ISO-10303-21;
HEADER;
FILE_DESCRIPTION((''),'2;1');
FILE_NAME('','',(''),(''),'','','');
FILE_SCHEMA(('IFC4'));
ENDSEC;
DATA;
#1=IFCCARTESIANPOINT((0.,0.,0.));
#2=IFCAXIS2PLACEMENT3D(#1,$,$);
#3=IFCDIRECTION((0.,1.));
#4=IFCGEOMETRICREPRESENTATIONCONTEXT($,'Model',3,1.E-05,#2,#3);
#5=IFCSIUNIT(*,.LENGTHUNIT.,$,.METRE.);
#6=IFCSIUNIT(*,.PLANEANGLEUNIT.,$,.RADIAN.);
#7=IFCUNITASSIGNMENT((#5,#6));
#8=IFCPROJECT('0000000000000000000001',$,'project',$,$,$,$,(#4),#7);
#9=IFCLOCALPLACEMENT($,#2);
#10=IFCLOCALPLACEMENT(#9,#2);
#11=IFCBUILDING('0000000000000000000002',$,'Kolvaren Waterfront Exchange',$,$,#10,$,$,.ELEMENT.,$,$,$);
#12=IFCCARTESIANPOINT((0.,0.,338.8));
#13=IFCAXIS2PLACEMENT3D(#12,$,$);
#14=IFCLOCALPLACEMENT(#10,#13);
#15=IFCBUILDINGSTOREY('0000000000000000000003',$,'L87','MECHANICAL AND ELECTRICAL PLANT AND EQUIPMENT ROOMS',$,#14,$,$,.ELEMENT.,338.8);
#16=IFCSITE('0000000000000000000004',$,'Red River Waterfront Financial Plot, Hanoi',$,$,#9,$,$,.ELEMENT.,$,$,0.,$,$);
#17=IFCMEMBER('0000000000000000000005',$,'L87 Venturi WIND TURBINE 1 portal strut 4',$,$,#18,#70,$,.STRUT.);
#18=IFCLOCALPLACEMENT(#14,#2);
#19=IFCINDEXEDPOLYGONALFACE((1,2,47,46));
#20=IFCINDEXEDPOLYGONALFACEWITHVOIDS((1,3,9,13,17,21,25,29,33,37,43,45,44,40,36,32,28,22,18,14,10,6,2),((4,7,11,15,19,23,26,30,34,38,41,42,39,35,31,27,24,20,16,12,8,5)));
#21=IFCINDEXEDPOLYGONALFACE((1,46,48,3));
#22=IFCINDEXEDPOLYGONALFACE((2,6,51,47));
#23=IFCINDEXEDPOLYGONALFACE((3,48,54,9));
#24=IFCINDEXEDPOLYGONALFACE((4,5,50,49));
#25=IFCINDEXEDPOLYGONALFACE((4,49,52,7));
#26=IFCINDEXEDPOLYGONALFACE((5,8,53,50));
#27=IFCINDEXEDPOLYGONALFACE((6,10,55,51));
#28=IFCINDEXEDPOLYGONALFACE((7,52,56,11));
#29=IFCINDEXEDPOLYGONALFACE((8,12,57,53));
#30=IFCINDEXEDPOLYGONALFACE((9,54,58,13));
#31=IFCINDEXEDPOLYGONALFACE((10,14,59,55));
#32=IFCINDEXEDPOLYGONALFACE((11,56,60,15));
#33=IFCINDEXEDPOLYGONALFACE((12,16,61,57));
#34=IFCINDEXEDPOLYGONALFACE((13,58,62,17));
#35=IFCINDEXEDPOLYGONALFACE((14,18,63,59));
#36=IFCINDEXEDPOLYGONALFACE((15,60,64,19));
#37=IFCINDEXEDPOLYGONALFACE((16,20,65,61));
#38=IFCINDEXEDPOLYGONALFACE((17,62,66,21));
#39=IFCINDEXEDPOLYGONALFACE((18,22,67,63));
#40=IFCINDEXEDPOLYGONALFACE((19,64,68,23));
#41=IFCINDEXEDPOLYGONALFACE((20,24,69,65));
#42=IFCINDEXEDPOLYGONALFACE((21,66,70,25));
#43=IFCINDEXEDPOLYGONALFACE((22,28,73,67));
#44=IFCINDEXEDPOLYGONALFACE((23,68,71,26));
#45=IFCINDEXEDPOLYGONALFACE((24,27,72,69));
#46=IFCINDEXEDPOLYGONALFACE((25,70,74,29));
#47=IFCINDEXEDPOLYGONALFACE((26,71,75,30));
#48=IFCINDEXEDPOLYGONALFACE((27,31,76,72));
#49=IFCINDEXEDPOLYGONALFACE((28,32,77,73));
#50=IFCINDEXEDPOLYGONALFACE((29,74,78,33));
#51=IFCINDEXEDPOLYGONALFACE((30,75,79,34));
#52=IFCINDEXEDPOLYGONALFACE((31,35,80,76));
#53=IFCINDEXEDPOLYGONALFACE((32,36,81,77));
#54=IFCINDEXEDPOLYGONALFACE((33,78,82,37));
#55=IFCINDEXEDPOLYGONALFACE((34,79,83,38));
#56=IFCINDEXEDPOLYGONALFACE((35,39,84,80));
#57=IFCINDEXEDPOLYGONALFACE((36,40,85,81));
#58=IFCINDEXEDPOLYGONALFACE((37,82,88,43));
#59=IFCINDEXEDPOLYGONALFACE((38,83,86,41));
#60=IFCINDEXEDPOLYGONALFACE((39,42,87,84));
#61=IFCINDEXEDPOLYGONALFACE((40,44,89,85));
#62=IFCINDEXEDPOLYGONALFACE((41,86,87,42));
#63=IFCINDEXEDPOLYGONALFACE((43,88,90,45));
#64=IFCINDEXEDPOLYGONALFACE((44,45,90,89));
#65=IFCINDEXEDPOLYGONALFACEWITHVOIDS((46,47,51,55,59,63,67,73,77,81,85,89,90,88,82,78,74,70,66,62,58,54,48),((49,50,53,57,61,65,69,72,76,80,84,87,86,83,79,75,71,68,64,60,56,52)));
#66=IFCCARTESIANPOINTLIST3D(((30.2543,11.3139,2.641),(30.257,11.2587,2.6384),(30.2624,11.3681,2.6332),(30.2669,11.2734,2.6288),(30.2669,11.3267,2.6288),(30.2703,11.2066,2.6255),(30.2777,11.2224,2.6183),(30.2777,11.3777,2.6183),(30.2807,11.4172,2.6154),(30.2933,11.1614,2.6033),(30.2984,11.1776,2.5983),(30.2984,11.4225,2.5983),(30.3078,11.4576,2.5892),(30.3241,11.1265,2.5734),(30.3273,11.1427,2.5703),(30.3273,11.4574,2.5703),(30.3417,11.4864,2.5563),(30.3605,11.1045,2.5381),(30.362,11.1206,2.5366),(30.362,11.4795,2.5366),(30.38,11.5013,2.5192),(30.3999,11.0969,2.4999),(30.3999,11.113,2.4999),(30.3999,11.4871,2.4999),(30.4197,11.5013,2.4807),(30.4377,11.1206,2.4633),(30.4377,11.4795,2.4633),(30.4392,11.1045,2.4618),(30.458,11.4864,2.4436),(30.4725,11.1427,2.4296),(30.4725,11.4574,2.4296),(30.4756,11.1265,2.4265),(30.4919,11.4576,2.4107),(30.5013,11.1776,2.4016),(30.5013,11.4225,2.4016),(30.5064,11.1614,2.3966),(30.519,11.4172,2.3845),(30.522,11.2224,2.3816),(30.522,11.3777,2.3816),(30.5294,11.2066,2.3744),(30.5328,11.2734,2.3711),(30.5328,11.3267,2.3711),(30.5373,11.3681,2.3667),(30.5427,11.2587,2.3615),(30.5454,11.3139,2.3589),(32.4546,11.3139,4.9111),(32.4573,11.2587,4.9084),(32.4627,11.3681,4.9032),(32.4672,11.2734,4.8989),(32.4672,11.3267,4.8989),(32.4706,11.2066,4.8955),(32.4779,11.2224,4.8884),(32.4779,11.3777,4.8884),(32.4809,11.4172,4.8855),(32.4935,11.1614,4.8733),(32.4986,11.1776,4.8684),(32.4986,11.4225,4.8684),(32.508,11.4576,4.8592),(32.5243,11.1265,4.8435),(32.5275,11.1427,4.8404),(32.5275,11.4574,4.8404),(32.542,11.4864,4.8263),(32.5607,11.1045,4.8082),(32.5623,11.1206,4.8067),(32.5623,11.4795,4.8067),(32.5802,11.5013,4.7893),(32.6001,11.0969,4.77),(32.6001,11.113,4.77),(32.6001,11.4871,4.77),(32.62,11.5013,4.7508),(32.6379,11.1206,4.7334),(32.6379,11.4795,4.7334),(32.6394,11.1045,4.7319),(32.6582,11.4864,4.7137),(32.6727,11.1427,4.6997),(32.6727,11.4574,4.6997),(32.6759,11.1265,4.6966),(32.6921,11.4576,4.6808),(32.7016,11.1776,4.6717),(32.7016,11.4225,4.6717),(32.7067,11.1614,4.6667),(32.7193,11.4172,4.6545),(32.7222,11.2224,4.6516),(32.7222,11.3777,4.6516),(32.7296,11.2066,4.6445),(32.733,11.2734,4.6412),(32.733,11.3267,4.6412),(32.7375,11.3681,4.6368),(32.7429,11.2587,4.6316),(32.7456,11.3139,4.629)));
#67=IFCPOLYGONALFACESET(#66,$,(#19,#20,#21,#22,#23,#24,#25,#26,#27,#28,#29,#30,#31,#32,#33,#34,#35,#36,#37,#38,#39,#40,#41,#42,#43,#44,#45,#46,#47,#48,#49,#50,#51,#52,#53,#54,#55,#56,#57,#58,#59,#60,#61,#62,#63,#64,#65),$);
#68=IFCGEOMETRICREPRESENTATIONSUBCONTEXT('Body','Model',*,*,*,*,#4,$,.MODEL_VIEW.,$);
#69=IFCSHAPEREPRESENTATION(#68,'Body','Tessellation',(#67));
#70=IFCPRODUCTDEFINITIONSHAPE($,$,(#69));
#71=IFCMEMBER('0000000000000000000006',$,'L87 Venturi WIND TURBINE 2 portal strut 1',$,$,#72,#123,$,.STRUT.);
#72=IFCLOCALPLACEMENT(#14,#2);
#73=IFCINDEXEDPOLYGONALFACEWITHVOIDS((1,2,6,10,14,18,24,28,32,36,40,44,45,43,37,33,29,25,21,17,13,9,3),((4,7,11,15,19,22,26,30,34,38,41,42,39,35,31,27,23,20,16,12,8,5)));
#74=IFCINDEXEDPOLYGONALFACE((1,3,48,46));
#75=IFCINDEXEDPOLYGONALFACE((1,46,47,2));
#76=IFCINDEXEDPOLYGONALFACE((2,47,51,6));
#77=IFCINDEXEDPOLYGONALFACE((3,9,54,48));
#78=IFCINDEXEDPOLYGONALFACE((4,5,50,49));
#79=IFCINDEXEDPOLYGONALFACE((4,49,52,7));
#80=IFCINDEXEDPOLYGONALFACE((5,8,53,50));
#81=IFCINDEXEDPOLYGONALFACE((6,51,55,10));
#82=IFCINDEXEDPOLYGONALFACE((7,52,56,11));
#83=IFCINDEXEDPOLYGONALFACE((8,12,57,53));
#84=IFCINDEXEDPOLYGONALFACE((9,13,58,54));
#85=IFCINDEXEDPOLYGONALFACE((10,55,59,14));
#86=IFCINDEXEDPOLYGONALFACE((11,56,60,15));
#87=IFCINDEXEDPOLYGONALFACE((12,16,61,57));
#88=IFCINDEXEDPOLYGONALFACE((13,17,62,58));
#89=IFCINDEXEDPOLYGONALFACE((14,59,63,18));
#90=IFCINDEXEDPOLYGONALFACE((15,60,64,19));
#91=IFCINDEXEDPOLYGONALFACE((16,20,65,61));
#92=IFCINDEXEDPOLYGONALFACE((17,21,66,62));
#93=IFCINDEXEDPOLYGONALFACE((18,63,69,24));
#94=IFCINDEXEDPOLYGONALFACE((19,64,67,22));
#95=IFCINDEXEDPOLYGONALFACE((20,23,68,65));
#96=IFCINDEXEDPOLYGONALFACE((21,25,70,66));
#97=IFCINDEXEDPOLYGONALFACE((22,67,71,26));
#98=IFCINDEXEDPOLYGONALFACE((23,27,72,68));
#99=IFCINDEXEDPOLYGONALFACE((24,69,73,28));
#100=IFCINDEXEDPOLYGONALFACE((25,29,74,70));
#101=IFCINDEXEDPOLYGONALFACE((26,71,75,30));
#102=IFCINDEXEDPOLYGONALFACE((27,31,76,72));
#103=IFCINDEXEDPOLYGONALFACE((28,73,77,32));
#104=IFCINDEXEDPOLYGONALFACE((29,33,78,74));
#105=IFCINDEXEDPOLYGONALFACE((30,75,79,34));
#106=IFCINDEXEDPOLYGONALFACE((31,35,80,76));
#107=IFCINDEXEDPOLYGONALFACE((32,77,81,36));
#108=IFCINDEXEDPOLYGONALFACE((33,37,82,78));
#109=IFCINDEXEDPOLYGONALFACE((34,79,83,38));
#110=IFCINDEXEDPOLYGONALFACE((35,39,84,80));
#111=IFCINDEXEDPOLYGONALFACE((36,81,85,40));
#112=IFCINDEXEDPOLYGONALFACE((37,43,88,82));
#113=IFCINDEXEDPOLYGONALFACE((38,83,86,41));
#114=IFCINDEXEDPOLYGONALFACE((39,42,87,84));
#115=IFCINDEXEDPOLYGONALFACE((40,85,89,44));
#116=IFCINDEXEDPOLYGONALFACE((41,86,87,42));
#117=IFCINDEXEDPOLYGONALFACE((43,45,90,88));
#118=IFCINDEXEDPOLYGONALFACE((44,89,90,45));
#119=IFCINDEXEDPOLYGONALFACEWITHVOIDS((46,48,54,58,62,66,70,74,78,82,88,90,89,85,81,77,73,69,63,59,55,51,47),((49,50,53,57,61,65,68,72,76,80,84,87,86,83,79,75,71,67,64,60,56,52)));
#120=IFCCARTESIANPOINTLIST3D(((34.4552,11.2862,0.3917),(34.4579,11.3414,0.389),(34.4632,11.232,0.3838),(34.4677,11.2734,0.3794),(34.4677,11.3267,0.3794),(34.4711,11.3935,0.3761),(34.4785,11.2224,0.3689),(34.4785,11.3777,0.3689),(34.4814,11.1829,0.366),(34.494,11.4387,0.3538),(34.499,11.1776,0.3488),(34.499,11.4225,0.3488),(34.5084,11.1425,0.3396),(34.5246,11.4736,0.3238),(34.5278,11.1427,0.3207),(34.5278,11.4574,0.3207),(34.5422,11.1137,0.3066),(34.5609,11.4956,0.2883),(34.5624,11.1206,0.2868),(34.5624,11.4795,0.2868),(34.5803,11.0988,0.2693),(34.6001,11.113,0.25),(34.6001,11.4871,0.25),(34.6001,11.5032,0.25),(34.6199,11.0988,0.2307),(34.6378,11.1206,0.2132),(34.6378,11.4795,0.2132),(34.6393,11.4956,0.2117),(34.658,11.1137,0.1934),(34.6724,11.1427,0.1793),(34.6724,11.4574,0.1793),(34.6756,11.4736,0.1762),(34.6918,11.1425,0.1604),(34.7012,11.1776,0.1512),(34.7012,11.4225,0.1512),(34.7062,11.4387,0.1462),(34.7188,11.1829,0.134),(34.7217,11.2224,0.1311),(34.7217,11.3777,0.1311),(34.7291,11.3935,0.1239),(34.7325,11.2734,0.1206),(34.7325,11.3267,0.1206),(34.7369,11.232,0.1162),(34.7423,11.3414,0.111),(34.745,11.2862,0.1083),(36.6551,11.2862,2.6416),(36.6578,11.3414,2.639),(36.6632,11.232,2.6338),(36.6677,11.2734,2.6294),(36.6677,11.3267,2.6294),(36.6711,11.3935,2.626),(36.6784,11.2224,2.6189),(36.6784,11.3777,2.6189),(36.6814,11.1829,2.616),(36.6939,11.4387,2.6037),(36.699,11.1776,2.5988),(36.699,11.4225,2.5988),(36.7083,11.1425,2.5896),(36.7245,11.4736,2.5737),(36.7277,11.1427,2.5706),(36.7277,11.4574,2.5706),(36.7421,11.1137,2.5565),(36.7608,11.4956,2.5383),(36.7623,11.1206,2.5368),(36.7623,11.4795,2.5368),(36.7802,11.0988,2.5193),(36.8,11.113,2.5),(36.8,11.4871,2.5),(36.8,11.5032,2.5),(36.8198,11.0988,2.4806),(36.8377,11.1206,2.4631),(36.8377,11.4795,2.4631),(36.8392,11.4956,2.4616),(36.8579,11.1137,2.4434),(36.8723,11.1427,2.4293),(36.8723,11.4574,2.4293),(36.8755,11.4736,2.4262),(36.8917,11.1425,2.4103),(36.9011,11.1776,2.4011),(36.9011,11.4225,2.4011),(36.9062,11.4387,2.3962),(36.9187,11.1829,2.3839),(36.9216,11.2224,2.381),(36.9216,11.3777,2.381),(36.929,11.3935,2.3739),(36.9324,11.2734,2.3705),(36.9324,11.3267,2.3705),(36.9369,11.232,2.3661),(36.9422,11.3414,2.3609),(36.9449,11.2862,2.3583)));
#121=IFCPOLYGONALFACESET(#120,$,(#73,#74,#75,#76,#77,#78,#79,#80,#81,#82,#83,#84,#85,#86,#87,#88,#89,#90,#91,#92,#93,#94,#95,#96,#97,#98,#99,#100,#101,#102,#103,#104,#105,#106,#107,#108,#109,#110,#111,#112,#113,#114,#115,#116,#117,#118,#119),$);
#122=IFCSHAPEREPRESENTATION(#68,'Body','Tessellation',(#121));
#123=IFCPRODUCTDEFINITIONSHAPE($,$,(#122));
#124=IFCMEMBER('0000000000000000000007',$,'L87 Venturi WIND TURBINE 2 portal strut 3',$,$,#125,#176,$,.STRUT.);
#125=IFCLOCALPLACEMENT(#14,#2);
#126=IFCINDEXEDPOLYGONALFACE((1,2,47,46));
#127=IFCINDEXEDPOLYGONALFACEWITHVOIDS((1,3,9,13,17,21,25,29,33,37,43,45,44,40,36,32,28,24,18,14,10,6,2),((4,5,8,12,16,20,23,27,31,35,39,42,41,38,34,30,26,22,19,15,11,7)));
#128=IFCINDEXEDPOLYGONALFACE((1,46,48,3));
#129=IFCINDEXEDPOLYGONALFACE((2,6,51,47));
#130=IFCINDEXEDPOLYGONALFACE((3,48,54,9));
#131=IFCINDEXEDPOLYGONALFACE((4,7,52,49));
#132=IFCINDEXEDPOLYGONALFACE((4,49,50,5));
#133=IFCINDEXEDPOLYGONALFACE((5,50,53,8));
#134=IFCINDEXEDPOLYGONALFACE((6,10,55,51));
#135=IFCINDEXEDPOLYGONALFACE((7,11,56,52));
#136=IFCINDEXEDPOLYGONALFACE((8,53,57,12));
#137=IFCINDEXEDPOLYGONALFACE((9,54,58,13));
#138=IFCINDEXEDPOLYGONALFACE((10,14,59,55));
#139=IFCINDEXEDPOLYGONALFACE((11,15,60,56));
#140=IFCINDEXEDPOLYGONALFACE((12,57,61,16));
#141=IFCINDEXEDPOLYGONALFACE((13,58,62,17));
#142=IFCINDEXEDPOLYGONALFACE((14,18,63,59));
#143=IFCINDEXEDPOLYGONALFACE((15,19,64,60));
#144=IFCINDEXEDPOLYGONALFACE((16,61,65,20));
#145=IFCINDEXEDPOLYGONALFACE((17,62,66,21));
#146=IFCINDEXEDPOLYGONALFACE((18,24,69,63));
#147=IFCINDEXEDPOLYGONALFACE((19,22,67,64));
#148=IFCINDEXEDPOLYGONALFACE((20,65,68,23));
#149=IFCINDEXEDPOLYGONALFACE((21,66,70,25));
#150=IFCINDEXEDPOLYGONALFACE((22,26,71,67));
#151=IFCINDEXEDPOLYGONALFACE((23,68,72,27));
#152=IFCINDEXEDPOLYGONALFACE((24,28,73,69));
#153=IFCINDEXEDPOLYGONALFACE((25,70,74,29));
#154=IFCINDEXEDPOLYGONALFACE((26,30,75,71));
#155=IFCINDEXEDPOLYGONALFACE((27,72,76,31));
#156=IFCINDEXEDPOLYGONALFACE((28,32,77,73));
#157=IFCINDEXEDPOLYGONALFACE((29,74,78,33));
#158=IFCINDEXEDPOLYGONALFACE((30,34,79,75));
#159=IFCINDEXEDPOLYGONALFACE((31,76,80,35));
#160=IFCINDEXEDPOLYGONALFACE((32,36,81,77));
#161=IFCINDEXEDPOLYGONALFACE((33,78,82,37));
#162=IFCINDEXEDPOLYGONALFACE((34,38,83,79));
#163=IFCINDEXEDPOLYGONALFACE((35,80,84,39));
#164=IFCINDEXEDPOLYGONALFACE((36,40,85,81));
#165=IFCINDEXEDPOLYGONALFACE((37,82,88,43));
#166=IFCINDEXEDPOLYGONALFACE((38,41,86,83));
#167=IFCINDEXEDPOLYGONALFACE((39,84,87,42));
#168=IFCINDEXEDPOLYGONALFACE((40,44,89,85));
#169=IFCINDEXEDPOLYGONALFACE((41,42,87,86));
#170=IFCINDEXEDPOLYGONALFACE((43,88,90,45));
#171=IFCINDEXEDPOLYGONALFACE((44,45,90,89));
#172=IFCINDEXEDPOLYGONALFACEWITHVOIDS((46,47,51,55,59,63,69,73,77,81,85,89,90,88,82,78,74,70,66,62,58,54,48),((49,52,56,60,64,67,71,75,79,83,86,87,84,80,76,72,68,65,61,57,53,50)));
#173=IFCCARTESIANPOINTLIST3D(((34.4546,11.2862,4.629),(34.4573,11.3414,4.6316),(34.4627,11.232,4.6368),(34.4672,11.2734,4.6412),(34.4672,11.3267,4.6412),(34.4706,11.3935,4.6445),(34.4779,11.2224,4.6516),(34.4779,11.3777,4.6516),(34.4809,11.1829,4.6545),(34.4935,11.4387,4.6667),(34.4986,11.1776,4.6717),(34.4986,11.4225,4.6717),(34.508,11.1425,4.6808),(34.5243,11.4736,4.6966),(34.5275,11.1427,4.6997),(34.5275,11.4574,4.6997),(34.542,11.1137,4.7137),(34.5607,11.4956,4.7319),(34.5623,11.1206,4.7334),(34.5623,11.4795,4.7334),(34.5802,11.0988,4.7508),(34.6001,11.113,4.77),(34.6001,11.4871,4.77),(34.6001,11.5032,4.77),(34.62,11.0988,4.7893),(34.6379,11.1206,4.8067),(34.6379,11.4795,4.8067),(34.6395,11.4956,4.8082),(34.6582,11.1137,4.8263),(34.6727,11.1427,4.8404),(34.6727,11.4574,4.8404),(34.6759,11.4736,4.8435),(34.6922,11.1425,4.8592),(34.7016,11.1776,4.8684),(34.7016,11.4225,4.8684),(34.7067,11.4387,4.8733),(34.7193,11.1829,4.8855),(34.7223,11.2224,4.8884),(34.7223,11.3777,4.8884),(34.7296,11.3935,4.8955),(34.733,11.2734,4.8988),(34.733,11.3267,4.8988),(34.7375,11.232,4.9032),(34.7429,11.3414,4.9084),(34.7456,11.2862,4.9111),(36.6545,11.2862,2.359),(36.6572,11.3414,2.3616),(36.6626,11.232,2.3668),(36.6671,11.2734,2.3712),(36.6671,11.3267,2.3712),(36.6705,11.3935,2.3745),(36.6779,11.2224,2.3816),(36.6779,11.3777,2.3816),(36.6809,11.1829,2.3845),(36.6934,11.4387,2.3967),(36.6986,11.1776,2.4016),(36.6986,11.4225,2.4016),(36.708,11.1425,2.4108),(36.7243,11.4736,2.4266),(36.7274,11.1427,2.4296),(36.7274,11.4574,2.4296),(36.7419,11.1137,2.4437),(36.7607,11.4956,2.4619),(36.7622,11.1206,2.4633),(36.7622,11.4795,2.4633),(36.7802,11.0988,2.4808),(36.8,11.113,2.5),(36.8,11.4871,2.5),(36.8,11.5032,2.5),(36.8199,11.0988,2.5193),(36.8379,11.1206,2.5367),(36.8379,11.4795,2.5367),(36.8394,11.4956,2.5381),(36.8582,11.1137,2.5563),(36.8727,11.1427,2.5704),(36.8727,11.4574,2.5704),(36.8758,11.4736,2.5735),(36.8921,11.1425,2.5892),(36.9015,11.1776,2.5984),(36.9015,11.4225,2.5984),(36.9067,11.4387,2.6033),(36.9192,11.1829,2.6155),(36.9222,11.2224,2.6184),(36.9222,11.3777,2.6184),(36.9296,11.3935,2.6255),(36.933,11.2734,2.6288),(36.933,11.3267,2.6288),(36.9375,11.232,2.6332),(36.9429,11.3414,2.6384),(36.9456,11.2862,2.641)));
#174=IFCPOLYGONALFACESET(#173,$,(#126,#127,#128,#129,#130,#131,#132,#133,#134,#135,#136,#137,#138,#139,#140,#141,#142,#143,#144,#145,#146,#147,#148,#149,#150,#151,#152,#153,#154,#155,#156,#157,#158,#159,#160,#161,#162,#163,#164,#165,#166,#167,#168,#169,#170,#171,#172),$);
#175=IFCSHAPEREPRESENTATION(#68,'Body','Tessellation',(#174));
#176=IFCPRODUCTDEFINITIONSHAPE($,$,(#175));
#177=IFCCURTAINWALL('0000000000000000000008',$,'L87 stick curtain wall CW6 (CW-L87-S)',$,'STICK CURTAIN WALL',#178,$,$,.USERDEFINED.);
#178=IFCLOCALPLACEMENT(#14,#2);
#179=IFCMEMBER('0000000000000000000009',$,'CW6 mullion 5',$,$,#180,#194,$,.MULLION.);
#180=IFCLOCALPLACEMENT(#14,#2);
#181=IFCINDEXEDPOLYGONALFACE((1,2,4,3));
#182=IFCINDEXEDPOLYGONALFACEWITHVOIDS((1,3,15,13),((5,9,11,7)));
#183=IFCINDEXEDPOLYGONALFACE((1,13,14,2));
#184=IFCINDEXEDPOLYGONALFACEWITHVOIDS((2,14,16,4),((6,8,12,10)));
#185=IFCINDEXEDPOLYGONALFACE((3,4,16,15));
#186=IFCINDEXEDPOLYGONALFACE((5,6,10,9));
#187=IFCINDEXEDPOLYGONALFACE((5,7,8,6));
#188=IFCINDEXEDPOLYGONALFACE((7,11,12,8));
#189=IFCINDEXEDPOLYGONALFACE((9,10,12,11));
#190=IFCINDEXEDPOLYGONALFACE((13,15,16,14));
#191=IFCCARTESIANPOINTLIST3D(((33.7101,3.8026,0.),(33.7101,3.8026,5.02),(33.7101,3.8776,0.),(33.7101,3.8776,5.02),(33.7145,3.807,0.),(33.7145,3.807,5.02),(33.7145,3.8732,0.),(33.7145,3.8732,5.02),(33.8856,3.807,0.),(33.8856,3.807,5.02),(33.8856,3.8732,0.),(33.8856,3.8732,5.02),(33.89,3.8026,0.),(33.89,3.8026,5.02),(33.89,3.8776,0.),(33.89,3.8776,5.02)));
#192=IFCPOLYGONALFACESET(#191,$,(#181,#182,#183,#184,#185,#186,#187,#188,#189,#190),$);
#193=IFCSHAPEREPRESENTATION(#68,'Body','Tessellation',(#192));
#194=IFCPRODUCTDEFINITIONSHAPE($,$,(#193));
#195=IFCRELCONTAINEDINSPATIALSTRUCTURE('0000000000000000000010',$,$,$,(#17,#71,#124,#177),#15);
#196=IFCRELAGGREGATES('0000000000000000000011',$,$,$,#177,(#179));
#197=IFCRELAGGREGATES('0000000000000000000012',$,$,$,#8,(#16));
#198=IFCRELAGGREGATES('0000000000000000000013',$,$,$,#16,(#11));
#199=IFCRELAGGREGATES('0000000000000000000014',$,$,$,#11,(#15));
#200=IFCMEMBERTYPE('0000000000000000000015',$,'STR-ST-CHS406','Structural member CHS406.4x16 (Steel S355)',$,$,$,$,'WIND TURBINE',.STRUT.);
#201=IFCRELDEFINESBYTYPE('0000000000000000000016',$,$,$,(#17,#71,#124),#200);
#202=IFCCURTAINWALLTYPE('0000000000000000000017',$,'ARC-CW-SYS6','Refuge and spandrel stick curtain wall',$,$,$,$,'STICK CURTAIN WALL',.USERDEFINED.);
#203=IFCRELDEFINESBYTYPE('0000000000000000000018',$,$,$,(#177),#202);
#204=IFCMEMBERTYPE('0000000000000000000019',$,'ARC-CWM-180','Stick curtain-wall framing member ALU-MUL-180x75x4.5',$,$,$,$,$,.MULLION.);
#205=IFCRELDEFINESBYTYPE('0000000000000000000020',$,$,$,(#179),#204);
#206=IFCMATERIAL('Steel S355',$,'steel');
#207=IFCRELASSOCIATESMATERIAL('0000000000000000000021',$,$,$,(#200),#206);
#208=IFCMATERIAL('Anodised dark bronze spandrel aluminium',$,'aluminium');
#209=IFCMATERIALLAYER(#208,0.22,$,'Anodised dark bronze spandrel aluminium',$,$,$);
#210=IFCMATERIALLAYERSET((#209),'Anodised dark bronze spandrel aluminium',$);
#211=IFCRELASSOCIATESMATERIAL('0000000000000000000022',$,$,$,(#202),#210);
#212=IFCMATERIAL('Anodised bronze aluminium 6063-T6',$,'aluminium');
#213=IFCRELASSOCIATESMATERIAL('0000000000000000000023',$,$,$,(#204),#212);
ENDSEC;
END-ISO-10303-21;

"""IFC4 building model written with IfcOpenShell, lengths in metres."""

from ifc_helpers import new_model, si_unit, direction, frame, origin, origin_with_axes, origin_2d, place, context, subcontext, project, spatial, hollow_rectangle, hollow_circle, extrude, source, transform, mapped, material, layer, layer_set, material_profile, profile_set, type_object, element, aggregate, save


model = new_model("IFC4")

# Units and contexts
model_context = context("Model", 3, precision=1e-05, world=origin(), true_north=direction((0.0, 1.0)))
body_context = subcontext(model_context, "Body", "Model", "MODEL_VIEW")
ifc_project = project(units=[si_unit("LENGTHUNIT", "METRE"), si_unit("PLANEANGLEUNIT", "RADIAN")], contexts=[model_context])

# Site, building, storey
site_placement = place(None, origin())
site = spatial("IfcSite", under=ifc_project, at=site_placement, Name="Red River Waterfront Financial Plot, Hanoi", CompositionType="ELEMENT", RefElevation=0.0)
building_placement = place(site_placement, origin())
building = spatial("IfcBuilding", under=site, at=building_placement, Name="Kolvaren Waterfront Exchange", CompositionType="ELEMENT")
storey_placement = place(building_placement, frame((0.0, 0.0, 338.8)))
storey = spatial("IfcBuildingStorey", under=building, at=storey_placement, Name="L87", Description="MECHANICAL AND ELECTRICAL PLANT AND EQUIPMENT ROOMS", CompositionType="ELEMENT", Elevation=338.8)

# Shared definitions
ifc_material_1 = material(Name="Steel S355", Category="steel")

# Members
ifc_material_profile_1 = material_profile(ifc_material_1, hollow_circle(Radius=0.2031, WallThickness=0.0161, at=origin_2d()), Name="CHS406.4x16")
ifc_profile_set_1 = profile_set([ifc_material_profile_1], Name="Steel S355")
member_type_1 = type_object("IfcMemberType", Name="STR-ST-CHS406", Description="Structural member CHS406.4x16 (Steel S355)", ElementType="WIND TURBINE", PredefinedType="STRUT", material=ifc_profile_set_1)
member_1_placement = place(storey_placement, frame((32.6001, 11.3, 4.77), z_axis=(-0.695977, 0.0, -0.718064), x_axis=(0.0, -1.0, 0.0)))
element("IfcMember", 1, at=member_1_placement, inside=storey, type_object=member_type_1, Name="L87 Venturi WIND TURBINE 1 portal strut 4", PredefinedType="STRUT", context=body_context, shape_type="SweptSolid", body=[
    extrude(hollow_circle(Radius=0.2031, WallThickness=0.0161, at=origin_2d()), origin(), (0.0, 0.0, 1.0), 3.1614),
])
member_2_placement = place(storey_placement, frame((34.6001, 11.3, 0.25), z_axis=(0.69911, 0.0, 0.715014), x_axis=(0.0, 1.0, 0.0)))
element("IfcMember", 2, at=member_2_placement, inside=storey, type_object=member_type_1, Name="L87 Venturi WIND TURBINE 2 portal strut 1", PredefinedType="STRUT", context=body_context, shape_type="SweptSolid", body=[
    extrude(hollow_circle(Radius=0.2031, WallThickness=0.0161, at=origin_2d()), origin(), (0.0, 0.0, 1.0), 3.1467),
])
member_3_placement = place(storey_placement, frame((34.6001, 11.3, 4.77), z_axis=(0.695937, 0.0, -0.718103), x_axis=(0.0, 1.0, 0.0)))
element("IfcMember", 3, at=member_3_placement, inside=storey, type_object=member_type_1, Name="L87 Venturi WIND TURBINE 2 portal strut 3", PredefinedType="STRUT", context=body_context, shape_type="SweptSolid", body=[
    extrude(hollow_circle(Radius=0.2031, WallThickness=0.0161, at=origin_2d()), origin(), (0.0, 0.0, 1.0), 3.1611),
])

# Curtain wall, member
ifc_material_2 = material(Name="Anodised dark bronze spandrel aluminium", Category="aluminium")
ifc_layer_1 = layer(ifc_material_2, 0.22, Name="Anodised dark bronze spandrel aluminium")
ifc_layer_set_1 = layer_set([ifc_layer_1], Name="Anodised dark bronze spandrel aluminium")
curtain_wall_type = type_object("IfcCurtainWallType", Name="ARC-CW-SYS6", Description="Refuge and spandrel stick curtain wall", ElementType="STICK CURTAIN WALL", PredefinedType="USERDEFINED", material=ifc_layer_set_1)
curtain_wall_1_placement = place(storey_placement, origin())
curtain_wall_1 = element("IfcCurtainWall", 4, at=curtain_wall_1_placement, inside=storey, type_object=curtain_wall_type, Name="L87 stick curtain wall CW6 (CW-L87-S)", ObjectType="STICK CURTAIN WALL", PredefinedType="USERDEFINED")
ifc_material_3 = material(Name="Anodised bronze aluminium 6063-T6", Category="aluminium")
ifc_material_profile_2 = material_profile(ifc_material_3, hollow_rectangle(XDim=0.075, YDim=0.1799, WallThickness=0.0044, at=origin_2d()), Name="ALU-MUL-180x75x4.5")
ifc_profile_set_2 = profile_set([ifc_material_profile_2], Name="Anodised bronze aluminium 6063-T6")
member_type_2 = type_object("IfcMemberType", Name="ARC-CWM-180", Description="Stick curtain-wall framing member ALU-MUL-180x75x4.5", PredefinedType="MULLION", material=ifc_profile_set_2)
shared_shape_1 = source(origin_with_axes(), body_context, "Body", "SweptSolid", [
    extrude(hollow_rectangle(XDim=0.075, YDim=0.1799, WallThickness=0.0044, at=origin_2d()), origin(), (0.0, 0.0, 1.0), 5.02),
])
member_4_placement = place(storey_placement, frame((33.8, 3.8401, 0.0), z_axis=(0.0, 0.0, 1.0), x_axis=(0.0, 1.0, 0.0)))
member_4 = element("IfcMember", 5, at=member_4_placement, type_object=member_type_2, Name="CW6 mullion 5", PredefinedType="MULLION", context=body_context, shape_type="MappedRepresentation", body=[
    mapped(shared_shape_1, transform((0.0, 0.0, 0.0), x_axis=(1.0, 0.0, 0.0), y_axis=(0.0, 1.0, 0.0), z_axis=(0.0, 0.0, 1.0), scale=1.0)),
])

aggregate(curtain_wall_1, [member_4])

save(model, "model.ifc")
